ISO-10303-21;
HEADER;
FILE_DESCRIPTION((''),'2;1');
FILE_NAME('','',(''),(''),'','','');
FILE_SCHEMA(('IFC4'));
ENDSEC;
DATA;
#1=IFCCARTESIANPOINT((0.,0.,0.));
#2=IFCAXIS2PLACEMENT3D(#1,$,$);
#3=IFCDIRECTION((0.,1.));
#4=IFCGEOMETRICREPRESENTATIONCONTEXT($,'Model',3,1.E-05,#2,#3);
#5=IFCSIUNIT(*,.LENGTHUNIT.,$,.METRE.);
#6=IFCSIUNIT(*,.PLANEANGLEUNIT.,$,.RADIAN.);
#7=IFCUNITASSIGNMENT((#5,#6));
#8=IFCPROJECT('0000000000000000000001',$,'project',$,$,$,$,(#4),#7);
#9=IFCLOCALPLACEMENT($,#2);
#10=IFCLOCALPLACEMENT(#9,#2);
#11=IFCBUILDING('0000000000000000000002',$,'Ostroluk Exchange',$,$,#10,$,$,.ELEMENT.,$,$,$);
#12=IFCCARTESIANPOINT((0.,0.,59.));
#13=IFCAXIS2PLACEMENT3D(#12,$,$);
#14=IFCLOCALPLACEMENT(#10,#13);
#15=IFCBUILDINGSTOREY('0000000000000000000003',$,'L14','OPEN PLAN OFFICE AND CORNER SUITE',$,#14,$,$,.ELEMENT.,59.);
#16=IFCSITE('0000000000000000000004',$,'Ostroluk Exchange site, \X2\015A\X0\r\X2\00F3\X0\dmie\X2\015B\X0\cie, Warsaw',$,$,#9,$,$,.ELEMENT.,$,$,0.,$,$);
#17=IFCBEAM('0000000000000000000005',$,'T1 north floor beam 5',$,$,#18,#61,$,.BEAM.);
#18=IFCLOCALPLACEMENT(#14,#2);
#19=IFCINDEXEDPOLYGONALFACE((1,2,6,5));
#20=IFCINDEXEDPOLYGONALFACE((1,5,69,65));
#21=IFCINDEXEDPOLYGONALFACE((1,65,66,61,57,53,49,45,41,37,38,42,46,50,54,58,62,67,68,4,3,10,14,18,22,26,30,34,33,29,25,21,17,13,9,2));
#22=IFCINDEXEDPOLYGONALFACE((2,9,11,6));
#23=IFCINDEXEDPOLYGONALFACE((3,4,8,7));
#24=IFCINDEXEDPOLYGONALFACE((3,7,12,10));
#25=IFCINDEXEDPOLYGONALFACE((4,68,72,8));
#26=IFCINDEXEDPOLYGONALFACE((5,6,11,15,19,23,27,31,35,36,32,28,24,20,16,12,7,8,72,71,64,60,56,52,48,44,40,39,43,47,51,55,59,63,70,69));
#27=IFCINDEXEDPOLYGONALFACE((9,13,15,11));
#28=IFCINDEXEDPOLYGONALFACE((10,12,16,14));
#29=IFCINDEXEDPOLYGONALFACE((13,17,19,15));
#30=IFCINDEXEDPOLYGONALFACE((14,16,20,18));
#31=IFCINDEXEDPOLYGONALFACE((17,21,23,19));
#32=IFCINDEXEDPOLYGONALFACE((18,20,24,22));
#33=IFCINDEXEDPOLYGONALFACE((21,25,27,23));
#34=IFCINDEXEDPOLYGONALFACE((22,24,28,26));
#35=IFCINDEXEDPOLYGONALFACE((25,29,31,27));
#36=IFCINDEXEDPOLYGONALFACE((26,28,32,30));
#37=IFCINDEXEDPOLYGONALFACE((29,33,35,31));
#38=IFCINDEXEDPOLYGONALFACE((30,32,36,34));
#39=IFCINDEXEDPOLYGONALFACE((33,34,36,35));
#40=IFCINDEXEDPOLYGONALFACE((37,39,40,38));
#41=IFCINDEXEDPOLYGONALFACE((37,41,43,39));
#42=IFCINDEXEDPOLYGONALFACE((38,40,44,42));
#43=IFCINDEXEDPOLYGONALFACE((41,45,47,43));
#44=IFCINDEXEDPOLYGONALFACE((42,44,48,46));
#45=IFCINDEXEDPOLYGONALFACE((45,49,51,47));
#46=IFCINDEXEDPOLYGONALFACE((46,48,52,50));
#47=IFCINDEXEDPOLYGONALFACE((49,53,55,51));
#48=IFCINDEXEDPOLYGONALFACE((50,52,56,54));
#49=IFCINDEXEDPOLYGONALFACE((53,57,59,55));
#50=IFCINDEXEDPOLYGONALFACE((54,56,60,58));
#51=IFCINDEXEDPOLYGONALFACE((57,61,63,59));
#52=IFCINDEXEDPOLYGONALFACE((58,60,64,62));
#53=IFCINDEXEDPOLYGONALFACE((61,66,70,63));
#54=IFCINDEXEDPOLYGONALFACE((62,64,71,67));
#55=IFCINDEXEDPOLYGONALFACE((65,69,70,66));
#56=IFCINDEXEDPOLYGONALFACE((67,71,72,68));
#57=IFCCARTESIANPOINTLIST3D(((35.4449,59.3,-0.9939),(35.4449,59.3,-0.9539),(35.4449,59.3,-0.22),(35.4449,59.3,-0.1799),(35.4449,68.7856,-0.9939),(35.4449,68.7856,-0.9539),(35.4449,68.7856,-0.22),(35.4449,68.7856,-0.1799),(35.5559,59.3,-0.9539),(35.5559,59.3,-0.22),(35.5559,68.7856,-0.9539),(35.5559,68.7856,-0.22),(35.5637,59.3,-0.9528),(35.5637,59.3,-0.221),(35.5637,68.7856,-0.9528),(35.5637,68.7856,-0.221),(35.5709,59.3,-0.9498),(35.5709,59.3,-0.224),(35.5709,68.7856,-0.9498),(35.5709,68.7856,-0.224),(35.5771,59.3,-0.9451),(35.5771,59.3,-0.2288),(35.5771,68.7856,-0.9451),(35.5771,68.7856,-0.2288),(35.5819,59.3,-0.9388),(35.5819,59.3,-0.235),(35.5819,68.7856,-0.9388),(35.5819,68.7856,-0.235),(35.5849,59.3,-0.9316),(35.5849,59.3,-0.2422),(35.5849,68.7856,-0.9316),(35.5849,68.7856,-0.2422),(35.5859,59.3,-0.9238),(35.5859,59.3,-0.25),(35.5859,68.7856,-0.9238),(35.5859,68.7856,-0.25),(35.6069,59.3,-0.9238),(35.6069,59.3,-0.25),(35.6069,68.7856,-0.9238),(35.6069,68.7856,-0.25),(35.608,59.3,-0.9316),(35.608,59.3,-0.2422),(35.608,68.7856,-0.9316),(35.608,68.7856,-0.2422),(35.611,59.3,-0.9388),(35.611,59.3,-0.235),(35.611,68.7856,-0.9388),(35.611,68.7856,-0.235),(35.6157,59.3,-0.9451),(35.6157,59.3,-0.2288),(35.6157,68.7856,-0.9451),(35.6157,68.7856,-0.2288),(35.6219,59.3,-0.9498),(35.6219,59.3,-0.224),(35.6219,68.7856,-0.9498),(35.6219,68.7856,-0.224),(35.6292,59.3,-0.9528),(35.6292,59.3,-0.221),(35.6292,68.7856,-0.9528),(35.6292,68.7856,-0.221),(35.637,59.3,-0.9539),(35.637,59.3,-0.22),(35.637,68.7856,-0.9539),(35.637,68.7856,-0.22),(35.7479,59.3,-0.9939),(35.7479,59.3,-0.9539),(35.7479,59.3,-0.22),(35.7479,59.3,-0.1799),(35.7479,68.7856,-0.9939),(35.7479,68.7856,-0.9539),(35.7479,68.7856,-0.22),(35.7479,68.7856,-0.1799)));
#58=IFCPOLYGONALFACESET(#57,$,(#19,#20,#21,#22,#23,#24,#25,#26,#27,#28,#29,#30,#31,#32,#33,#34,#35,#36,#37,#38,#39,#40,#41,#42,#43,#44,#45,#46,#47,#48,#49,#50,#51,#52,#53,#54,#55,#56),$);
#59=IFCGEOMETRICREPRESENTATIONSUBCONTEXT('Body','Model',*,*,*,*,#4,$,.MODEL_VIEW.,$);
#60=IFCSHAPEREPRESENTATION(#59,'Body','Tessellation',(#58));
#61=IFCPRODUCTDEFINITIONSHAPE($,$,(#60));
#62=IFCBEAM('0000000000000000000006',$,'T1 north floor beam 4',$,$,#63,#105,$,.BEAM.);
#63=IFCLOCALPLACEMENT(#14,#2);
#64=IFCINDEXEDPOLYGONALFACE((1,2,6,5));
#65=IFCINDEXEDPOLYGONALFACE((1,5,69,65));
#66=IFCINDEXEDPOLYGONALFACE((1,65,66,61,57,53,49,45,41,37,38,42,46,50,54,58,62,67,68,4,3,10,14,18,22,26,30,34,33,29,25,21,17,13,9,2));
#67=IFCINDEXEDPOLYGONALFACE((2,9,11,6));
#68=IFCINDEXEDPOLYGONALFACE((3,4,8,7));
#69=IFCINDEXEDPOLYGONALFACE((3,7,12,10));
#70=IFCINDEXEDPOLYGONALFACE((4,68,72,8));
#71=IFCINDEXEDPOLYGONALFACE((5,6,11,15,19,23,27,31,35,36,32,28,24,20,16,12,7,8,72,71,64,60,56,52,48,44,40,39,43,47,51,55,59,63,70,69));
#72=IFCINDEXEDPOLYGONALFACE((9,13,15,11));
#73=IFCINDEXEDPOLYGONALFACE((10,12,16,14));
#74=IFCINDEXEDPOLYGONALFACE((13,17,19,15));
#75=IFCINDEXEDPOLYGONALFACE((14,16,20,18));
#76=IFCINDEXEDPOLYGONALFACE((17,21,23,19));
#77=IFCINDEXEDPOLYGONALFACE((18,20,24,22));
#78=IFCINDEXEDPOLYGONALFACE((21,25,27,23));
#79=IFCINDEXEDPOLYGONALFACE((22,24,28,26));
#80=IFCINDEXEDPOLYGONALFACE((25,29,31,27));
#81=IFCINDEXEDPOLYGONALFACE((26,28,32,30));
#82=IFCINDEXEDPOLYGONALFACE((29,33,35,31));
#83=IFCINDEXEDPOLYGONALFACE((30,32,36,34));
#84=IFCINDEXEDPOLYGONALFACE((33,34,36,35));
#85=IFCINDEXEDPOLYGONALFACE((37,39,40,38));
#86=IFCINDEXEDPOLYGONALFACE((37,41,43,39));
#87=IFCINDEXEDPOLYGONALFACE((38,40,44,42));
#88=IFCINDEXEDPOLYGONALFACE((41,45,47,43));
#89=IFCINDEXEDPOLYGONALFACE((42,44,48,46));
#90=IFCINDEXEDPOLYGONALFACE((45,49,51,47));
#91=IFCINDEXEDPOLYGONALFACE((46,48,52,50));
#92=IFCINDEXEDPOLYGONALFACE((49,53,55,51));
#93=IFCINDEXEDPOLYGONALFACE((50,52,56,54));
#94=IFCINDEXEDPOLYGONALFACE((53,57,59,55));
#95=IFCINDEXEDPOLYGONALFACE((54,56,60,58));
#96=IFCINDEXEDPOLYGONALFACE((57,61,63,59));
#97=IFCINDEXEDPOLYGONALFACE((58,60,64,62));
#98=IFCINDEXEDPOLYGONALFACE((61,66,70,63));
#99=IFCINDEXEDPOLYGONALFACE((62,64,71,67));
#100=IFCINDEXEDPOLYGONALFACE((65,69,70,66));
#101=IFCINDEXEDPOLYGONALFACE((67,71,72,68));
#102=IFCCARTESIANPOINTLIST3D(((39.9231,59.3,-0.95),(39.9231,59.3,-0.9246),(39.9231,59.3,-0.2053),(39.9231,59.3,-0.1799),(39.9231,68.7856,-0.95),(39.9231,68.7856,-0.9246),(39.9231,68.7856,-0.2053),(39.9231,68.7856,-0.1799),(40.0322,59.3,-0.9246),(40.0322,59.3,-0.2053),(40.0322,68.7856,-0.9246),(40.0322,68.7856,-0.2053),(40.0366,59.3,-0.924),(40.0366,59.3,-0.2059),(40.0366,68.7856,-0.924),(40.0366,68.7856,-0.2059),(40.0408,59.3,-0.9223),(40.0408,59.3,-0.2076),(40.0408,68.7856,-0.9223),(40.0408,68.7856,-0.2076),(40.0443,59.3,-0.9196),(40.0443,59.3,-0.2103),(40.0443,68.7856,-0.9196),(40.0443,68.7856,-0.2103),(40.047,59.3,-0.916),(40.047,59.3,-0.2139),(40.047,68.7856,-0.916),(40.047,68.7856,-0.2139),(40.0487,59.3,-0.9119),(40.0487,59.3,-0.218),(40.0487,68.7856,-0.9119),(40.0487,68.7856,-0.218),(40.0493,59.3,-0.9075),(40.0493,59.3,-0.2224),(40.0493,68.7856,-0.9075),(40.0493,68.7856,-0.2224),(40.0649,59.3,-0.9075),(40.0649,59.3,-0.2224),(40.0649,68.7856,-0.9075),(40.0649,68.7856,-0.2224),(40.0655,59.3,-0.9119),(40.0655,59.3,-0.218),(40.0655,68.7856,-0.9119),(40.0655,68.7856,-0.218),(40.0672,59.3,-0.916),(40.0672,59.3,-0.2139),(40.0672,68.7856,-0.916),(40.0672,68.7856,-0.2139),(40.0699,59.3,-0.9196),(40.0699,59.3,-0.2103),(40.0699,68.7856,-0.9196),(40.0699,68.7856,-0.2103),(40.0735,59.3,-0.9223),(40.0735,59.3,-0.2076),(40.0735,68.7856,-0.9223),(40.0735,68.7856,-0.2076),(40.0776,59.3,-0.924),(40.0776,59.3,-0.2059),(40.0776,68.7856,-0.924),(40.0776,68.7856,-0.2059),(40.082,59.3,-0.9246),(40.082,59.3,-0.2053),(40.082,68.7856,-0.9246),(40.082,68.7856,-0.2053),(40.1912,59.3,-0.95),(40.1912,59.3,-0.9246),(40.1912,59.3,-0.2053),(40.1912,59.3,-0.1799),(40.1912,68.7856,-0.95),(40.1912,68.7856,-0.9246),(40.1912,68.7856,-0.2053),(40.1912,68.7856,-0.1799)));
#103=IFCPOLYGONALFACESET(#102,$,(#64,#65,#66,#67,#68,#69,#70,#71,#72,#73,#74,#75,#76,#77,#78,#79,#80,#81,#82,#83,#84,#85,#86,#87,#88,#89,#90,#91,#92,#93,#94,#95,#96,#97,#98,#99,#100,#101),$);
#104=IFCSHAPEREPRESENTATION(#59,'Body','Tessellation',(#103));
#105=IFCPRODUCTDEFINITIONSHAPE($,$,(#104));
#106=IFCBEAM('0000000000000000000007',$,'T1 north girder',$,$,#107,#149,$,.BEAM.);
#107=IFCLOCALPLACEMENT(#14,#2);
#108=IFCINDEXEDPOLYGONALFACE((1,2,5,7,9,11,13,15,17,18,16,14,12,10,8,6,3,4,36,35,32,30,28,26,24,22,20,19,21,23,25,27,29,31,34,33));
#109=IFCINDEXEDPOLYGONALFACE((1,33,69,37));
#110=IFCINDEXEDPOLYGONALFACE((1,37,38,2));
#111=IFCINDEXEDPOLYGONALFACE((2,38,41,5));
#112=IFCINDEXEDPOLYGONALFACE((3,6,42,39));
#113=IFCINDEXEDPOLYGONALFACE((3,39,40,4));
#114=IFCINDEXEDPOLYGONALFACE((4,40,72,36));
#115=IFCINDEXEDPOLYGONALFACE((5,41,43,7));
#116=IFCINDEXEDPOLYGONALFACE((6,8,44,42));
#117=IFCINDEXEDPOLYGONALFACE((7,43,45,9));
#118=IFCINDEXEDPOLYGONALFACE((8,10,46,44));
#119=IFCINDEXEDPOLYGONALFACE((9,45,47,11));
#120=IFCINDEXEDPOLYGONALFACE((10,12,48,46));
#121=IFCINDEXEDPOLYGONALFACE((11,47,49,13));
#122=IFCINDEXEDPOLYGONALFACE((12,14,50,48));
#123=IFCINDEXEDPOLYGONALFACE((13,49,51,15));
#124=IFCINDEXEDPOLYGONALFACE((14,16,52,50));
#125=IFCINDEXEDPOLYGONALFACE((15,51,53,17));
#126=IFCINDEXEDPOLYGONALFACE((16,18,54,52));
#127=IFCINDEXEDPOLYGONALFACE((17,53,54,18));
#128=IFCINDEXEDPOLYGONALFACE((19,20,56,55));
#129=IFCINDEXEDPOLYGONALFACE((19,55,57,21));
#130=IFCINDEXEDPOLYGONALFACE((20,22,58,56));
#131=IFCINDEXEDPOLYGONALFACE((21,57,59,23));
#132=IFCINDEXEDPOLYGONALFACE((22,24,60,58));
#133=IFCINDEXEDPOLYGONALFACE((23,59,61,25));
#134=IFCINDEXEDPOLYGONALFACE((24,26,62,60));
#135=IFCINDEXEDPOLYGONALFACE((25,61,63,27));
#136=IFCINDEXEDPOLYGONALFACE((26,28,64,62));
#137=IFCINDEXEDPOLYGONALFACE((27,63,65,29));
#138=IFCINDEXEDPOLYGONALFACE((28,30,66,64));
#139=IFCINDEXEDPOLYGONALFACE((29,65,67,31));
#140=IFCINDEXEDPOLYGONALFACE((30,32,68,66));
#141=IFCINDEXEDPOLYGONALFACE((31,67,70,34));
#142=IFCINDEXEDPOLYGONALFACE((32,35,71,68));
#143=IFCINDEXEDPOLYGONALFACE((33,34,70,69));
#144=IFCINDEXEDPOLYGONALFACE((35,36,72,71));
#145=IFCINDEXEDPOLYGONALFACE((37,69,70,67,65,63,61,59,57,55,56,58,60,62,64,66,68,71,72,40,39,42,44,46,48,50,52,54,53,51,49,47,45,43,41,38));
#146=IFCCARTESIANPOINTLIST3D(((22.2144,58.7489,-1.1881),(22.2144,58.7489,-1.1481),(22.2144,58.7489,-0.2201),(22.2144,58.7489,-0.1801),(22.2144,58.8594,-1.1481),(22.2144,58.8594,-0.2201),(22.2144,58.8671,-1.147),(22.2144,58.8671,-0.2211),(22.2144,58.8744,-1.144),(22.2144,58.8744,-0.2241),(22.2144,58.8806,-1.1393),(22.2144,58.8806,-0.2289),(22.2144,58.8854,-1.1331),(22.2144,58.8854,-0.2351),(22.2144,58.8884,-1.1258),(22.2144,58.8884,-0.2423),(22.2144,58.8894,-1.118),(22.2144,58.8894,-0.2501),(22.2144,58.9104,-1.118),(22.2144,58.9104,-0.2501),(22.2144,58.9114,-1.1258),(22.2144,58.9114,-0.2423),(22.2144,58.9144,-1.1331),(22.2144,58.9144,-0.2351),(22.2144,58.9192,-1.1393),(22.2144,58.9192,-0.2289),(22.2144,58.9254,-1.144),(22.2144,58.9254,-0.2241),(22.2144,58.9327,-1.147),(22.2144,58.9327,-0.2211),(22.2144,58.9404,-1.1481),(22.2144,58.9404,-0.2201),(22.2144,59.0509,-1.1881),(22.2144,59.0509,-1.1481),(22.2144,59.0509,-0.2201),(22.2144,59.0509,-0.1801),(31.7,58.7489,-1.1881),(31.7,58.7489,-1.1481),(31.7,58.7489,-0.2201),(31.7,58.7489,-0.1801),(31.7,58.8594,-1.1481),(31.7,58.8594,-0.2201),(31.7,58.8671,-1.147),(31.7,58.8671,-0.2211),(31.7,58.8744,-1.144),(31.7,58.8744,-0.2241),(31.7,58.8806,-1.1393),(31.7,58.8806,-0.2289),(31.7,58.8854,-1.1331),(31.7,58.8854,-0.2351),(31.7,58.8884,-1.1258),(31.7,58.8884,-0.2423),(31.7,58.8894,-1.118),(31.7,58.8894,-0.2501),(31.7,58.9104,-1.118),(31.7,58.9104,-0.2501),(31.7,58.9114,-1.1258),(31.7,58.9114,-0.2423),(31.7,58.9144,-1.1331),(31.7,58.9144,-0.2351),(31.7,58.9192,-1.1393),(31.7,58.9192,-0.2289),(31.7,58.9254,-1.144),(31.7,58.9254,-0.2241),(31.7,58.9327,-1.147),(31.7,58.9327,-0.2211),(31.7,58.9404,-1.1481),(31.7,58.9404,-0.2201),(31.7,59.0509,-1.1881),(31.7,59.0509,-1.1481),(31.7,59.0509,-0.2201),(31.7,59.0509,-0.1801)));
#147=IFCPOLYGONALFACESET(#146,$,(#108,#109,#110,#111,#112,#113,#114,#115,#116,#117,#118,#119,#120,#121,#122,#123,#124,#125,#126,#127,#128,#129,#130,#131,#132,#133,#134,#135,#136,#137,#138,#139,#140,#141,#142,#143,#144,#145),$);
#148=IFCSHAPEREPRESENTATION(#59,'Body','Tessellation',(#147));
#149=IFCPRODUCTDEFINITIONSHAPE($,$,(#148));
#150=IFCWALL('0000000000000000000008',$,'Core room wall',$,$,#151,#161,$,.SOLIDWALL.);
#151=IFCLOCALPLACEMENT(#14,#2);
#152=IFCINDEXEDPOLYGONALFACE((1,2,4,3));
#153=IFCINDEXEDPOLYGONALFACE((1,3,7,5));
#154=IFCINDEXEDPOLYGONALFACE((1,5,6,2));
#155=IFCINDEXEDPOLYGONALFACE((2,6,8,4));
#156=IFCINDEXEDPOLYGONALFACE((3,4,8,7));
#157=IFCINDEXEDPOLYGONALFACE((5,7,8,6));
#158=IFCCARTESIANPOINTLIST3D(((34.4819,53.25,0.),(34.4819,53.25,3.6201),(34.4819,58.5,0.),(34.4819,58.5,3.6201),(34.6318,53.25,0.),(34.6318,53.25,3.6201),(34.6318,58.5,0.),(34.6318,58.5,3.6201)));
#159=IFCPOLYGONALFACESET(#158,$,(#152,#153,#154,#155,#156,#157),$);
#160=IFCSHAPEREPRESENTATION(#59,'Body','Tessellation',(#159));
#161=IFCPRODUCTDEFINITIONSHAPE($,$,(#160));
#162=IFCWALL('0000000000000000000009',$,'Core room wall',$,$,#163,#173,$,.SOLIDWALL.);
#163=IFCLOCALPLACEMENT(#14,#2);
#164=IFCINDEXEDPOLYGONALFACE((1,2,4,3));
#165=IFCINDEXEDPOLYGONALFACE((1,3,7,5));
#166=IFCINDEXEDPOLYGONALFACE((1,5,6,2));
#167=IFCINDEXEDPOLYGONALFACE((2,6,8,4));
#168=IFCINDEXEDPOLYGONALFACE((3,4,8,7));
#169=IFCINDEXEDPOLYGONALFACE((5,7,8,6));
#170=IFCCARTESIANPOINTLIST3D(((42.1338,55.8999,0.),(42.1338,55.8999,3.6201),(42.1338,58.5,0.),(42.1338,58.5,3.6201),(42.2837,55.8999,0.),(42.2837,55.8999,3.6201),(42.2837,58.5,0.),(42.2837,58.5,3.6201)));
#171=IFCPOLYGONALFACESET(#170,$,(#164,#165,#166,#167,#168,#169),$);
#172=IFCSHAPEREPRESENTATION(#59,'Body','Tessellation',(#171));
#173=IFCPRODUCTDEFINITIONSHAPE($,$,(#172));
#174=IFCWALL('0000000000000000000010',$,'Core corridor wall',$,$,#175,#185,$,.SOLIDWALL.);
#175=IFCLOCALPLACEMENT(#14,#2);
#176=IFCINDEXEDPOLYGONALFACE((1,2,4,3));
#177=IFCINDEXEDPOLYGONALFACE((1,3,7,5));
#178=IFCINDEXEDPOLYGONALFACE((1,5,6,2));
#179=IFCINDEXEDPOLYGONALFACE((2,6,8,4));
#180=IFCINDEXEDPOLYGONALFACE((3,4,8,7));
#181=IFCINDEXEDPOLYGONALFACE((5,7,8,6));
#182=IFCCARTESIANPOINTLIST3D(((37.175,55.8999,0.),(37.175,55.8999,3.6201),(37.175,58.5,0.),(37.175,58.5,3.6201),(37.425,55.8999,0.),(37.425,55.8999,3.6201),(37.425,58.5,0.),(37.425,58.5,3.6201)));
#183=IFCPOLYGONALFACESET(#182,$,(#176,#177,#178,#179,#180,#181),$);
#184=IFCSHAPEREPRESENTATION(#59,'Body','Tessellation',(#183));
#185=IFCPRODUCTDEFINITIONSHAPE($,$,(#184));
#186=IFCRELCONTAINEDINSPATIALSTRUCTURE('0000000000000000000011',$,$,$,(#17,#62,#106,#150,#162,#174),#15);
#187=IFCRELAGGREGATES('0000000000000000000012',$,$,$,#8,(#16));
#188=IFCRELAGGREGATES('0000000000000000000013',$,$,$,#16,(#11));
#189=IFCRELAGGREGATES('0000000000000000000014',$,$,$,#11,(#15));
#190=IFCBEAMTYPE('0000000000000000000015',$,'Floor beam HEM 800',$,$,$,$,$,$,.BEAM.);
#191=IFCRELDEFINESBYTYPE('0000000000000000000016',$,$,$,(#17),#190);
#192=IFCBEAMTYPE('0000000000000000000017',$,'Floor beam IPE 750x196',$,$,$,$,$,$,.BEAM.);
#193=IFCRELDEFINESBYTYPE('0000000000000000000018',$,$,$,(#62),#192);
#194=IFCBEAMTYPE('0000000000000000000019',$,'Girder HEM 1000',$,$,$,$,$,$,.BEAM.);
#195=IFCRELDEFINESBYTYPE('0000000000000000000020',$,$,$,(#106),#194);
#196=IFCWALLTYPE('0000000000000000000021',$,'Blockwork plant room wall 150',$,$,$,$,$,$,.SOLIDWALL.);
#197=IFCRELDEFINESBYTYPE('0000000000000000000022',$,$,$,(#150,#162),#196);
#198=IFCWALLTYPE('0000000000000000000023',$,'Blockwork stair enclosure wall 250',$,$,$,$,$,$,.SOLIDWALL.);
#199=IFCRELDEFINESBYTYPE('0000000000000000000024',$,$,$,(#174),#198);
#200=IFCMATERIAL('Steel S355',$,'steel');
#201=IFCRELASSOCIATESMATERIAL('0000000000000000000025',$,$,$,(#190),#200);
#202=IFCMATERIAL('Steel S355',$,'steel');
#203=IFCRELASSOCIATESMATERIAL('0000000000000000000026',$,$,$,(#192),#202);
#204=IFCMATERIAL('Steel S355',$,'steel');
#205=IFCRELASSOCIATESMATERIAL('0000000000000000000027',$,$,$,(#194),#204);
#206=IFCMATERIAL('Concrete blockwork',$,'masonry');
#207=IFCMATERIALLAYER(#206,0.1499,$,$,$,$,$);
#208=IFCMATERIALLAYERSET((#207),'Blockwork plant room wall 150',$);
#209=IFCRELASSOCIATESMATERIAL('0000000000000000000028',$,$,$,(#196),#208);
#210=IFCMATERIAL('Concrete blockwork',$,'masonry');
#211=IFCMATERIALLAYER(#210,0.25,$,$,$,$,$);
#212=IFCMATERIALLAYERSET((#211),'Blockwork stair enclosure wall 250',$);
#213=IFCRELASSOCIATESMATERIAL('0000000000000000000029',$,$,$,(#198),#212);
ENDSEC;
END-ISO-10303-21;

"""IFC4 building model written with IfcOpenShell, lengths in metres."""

from ifc_helpers import new_model, si_unit, direction, frame, frame_2d, origin, origin_2d, place, context, subcontext, project, spatial, rectangle, i_section, extrude, material, layer, layer_set, material_profile, profile_set, type_object, element, save


model = new_model("IFC4")

# Units and contexts
model_context = context("Model", 3, precision=1e-05, world=origin(), true_north=direction((0.0, 1.0)))
body_context = subcontext(model_context, "Body", "Model", "MODEL_VIEW")
ifc_project = project(units=[si_unit("LENGTHUNIT", "METRE"), si_unit("PLANEANGLEUNIT", "RADIAN")], contexts=[model_context])

# Site, building, storey
site_placement = place(None, origin())
site = spatial("IfcSite", under=ifc_project, at=site_placement, Name="Ostroluk Exchange site, Śródmieście, Warsaw", CompositionType="ELEMENT", RefElevation=0.0)
building_placement = place(site_placement, origin())
building = spatial("IfcBuilding", under=site, at=building_placement, Name="Ostroluk Exchange", CompositionType="ELEMENT")
storey_placement = place(building_placement, frame((0.0, 0.0, 59.0)))
storey = spatial("IfcBuildingStorey", under=building, at=storey_placement, Name="L14", Description="OPEN PLAN OFFICE AND CORNER SUITE", CompositionType="ELEMENT", Elevation=59.0)

# Beams
ifc_material_1 = material(Name="Steel S355", Category="steel")
ifc_material_profile_1 = material_profile(ifc_material_1, i_section(OverallWidth=0.303, OverallDepth=0.814, WebThickness=0.021, FlangeThickness=0.04, FilletRadius=0.03, at=origin_2d()), Name="HEM 800")
ifc_profile_set_1 = profile_set([ifc_material_profile_1], Name="Steel S355")
beam_type_1 = type_object("IfcBeamType", Name="Floor beam HEM 800", PredefinedType="BEAM", material=ifc_profile_set_1)
beam_1_placement = place(storey_placement, frame((35.5964, 59.3, -0.5869), z_axis=(0.0, 1.0, 0.0), x_axis=(-1.0, 0.0, 0.0)))
element("IfcBeam", 1, at=beam_1_placement, inside=storey, type_object=beam_type_1, Name="T1 north floor beam 5", PredefinedType="BEAM", context=body_context, shape_type="SweptSolid", body=[
    extrude(i_section(OverallWidth=0.303, OverallDepth=0.814, WebThickness=0.021, FlangeThickness=0.04, FilletRadius=0.03, at=origin_2d()), origin(), (0.0, 0.0, 1.0), 9.4856),
])
ifc_material_2 = material(Name="Steel S355", Category="steel")
ifc_material_profile_2 = material_profile(ifc_material_2, i_section(OverallWidth=0.2681, OverallDepth=0.77, WebThickness=0.0156, FlangeThickness=0.0254, FilletRadius=0.0171, at=origin_2d()), Name="IPE 750x196")
ifc_profile_set_2 = profile_set([ifc_material_profile_2], Name="Steel S355")
beam_type_2 = type_object("IfcBeamType", Name="Floor beam IPE 750x196", PredefinedType="BEAM", material=ifc_profile_set_2)
beam_2_placement = place(storey_placement, frame((40.0571, 59.3, -0.5649), z_axis=(0.0, 1.0, 0.0), x_axis=(-1.0, 0.0, 0.0)))
element("IfcBeam", 2, at=beam_2_placement, inside=storey, type_object=beam_type_2, Name="T1 north floor beam 4", PredefinedType="BEAM", context=body_context, shape_type="SweptSolid", body=[
    extrude(i_section(OverallWidth=0.2681, OverallDepth=0.77, WebThickness=0.0156, FlangeThickness=0.0254, FilletRadius=0.0171, at=origin_2d()), origin(), (0.0, 0.0, 1.0), 9.4856),
])
ifc_material_3 = material(Name="Steel S355", Category="steel")
ifc_material_profile_3 = material_profile(ifc_material_3, i_section(OverallWidth=0.302, OverallDepth=1.0081, WebThickness=0.021, FlangeThickness=0.04, FilletRadius=0.03, at=origin_2d()), Name="HEM 1000")
ifc_profile_set_3 = profile_set([ifc_material_profile_3], Name="Steel S355")
beam_type_3 = type_object("IfcBeamType", Name="Girder HEM 1000", PredefinedType="BEAM", material=ifc_profile_set_3)
beam_3_placement = place(storey_placement, frame((31.7, 58.8999, -0.6841), z_axis=(-1.0, 0.0, 0.0), x_axis=(0.0, -1.0, 0.0)))
element("IfcBeam", 3, at=beam_3_placement, inside=storey, type_object=beam_type_3, Name="T1 north girder", PredefinedType="BEAM", context=body_context, shape_type="SweptSolid", body=[
    extrude(i_section(OverallWidth=0.302, OverallDepth=1.0081, WebThickness=0.021, FlangeThickness=0.04, FilletRadius=0.03, at=origin_2d()), origin(), (0.0, 0.0, 1.0), 9.4856),
])

# Walls
ifc_material_4 = material(Name="Concrete blockwork", Category="masonry")
ifc_layer_1 = layer(ifc_material_4, 0.1499)
ifc_layer_set_1 = layer_set([ifc_layer_1], Name="Blockwork plant room wall 150")
wall_type_1 = type_object("IfcWallType", Name="Blockwork plant room wall 150", PredefinedType="SOLIDWALL", material=ifc_layer_set_1)
wall_1_placement = place(storey_placement, frame((34.5569, 53.25, 0.0), z_axis=(0.0, 0.0, 1.0), x_axis=(0.0, 1.0, 0.0)))
element("IfcWall", 4, at=wall_1_placement, inside=storey, type_object=wall_type_1, Name="Core room wall", PredefinedType="SOLIDWALL", context=body_context, shape_type="SweptSolid", body=[
    extrude(rectangle(XDim=5.25, YDim=0.1499, at=frame_2d((2.625, 0.0))), origin(), (0.0, 0.0, 1.0), 3.6201),
])
wall_2_placement = place(storey_placement, frame((42.2087, 55.8999, 0.0), z_axis=(0.0, 0.0, 1.0), x_axis=(0.0, 1.0, 0.0)))
element("IfcWall", 5, at=wall_2_placement, inside=storey, type_object=wall_type_1, Name="Core room wall", PredefinedType="SOLIDWALL", context=body_context, shape_type="SweptSolid", body=[
    extrude(rectangle(XDim=2.6001, YDim=0.1499, at=frame_2d((1.3, 0.0))), origin(), (0.0, 0.0, 1.0), 3.6201),
])
ifc_material_5 = material(Name="Concrete blockwork", Category="masonry")
ifc_layer_2 = layer(ifc_material_5, 0.25)
ifc_layer_set_2 = layer_set([ifc_layer_2], Name="Blockwork stair enclosure wall 250")
wall_type_2 = type_object("IfcWallType", Name="Blockwork stair enclosure wall 250", PredefinedType="SOLIDWALL", material=ifc_layer_set_2)
for number, where, z_axis, x_axis, name in (
    (6, (37.3, 55.8999, 0.0), (0.0, 0.0, 1.0), (0.0, 1.0, 0.0), "Core corridor wall"),
):
    element("IfcWall", number, at=place(storey_placement, frame(where, z_axis=z_axis, x_axis=x_axis)), inside=storey, type_object=wall_type_2, Name=name, PredefinedType="SOLIDWALL", context=body_context, shape_type="SweptSolid", body=[
        extrude(rectangle(XDim=2.6001, YDim=0.25, at=frame_2d((1.3, 0.0))), origin(), (0.0, 0.0, 1.0), 3.6201),
    ])

save(model, "model.ifc")
